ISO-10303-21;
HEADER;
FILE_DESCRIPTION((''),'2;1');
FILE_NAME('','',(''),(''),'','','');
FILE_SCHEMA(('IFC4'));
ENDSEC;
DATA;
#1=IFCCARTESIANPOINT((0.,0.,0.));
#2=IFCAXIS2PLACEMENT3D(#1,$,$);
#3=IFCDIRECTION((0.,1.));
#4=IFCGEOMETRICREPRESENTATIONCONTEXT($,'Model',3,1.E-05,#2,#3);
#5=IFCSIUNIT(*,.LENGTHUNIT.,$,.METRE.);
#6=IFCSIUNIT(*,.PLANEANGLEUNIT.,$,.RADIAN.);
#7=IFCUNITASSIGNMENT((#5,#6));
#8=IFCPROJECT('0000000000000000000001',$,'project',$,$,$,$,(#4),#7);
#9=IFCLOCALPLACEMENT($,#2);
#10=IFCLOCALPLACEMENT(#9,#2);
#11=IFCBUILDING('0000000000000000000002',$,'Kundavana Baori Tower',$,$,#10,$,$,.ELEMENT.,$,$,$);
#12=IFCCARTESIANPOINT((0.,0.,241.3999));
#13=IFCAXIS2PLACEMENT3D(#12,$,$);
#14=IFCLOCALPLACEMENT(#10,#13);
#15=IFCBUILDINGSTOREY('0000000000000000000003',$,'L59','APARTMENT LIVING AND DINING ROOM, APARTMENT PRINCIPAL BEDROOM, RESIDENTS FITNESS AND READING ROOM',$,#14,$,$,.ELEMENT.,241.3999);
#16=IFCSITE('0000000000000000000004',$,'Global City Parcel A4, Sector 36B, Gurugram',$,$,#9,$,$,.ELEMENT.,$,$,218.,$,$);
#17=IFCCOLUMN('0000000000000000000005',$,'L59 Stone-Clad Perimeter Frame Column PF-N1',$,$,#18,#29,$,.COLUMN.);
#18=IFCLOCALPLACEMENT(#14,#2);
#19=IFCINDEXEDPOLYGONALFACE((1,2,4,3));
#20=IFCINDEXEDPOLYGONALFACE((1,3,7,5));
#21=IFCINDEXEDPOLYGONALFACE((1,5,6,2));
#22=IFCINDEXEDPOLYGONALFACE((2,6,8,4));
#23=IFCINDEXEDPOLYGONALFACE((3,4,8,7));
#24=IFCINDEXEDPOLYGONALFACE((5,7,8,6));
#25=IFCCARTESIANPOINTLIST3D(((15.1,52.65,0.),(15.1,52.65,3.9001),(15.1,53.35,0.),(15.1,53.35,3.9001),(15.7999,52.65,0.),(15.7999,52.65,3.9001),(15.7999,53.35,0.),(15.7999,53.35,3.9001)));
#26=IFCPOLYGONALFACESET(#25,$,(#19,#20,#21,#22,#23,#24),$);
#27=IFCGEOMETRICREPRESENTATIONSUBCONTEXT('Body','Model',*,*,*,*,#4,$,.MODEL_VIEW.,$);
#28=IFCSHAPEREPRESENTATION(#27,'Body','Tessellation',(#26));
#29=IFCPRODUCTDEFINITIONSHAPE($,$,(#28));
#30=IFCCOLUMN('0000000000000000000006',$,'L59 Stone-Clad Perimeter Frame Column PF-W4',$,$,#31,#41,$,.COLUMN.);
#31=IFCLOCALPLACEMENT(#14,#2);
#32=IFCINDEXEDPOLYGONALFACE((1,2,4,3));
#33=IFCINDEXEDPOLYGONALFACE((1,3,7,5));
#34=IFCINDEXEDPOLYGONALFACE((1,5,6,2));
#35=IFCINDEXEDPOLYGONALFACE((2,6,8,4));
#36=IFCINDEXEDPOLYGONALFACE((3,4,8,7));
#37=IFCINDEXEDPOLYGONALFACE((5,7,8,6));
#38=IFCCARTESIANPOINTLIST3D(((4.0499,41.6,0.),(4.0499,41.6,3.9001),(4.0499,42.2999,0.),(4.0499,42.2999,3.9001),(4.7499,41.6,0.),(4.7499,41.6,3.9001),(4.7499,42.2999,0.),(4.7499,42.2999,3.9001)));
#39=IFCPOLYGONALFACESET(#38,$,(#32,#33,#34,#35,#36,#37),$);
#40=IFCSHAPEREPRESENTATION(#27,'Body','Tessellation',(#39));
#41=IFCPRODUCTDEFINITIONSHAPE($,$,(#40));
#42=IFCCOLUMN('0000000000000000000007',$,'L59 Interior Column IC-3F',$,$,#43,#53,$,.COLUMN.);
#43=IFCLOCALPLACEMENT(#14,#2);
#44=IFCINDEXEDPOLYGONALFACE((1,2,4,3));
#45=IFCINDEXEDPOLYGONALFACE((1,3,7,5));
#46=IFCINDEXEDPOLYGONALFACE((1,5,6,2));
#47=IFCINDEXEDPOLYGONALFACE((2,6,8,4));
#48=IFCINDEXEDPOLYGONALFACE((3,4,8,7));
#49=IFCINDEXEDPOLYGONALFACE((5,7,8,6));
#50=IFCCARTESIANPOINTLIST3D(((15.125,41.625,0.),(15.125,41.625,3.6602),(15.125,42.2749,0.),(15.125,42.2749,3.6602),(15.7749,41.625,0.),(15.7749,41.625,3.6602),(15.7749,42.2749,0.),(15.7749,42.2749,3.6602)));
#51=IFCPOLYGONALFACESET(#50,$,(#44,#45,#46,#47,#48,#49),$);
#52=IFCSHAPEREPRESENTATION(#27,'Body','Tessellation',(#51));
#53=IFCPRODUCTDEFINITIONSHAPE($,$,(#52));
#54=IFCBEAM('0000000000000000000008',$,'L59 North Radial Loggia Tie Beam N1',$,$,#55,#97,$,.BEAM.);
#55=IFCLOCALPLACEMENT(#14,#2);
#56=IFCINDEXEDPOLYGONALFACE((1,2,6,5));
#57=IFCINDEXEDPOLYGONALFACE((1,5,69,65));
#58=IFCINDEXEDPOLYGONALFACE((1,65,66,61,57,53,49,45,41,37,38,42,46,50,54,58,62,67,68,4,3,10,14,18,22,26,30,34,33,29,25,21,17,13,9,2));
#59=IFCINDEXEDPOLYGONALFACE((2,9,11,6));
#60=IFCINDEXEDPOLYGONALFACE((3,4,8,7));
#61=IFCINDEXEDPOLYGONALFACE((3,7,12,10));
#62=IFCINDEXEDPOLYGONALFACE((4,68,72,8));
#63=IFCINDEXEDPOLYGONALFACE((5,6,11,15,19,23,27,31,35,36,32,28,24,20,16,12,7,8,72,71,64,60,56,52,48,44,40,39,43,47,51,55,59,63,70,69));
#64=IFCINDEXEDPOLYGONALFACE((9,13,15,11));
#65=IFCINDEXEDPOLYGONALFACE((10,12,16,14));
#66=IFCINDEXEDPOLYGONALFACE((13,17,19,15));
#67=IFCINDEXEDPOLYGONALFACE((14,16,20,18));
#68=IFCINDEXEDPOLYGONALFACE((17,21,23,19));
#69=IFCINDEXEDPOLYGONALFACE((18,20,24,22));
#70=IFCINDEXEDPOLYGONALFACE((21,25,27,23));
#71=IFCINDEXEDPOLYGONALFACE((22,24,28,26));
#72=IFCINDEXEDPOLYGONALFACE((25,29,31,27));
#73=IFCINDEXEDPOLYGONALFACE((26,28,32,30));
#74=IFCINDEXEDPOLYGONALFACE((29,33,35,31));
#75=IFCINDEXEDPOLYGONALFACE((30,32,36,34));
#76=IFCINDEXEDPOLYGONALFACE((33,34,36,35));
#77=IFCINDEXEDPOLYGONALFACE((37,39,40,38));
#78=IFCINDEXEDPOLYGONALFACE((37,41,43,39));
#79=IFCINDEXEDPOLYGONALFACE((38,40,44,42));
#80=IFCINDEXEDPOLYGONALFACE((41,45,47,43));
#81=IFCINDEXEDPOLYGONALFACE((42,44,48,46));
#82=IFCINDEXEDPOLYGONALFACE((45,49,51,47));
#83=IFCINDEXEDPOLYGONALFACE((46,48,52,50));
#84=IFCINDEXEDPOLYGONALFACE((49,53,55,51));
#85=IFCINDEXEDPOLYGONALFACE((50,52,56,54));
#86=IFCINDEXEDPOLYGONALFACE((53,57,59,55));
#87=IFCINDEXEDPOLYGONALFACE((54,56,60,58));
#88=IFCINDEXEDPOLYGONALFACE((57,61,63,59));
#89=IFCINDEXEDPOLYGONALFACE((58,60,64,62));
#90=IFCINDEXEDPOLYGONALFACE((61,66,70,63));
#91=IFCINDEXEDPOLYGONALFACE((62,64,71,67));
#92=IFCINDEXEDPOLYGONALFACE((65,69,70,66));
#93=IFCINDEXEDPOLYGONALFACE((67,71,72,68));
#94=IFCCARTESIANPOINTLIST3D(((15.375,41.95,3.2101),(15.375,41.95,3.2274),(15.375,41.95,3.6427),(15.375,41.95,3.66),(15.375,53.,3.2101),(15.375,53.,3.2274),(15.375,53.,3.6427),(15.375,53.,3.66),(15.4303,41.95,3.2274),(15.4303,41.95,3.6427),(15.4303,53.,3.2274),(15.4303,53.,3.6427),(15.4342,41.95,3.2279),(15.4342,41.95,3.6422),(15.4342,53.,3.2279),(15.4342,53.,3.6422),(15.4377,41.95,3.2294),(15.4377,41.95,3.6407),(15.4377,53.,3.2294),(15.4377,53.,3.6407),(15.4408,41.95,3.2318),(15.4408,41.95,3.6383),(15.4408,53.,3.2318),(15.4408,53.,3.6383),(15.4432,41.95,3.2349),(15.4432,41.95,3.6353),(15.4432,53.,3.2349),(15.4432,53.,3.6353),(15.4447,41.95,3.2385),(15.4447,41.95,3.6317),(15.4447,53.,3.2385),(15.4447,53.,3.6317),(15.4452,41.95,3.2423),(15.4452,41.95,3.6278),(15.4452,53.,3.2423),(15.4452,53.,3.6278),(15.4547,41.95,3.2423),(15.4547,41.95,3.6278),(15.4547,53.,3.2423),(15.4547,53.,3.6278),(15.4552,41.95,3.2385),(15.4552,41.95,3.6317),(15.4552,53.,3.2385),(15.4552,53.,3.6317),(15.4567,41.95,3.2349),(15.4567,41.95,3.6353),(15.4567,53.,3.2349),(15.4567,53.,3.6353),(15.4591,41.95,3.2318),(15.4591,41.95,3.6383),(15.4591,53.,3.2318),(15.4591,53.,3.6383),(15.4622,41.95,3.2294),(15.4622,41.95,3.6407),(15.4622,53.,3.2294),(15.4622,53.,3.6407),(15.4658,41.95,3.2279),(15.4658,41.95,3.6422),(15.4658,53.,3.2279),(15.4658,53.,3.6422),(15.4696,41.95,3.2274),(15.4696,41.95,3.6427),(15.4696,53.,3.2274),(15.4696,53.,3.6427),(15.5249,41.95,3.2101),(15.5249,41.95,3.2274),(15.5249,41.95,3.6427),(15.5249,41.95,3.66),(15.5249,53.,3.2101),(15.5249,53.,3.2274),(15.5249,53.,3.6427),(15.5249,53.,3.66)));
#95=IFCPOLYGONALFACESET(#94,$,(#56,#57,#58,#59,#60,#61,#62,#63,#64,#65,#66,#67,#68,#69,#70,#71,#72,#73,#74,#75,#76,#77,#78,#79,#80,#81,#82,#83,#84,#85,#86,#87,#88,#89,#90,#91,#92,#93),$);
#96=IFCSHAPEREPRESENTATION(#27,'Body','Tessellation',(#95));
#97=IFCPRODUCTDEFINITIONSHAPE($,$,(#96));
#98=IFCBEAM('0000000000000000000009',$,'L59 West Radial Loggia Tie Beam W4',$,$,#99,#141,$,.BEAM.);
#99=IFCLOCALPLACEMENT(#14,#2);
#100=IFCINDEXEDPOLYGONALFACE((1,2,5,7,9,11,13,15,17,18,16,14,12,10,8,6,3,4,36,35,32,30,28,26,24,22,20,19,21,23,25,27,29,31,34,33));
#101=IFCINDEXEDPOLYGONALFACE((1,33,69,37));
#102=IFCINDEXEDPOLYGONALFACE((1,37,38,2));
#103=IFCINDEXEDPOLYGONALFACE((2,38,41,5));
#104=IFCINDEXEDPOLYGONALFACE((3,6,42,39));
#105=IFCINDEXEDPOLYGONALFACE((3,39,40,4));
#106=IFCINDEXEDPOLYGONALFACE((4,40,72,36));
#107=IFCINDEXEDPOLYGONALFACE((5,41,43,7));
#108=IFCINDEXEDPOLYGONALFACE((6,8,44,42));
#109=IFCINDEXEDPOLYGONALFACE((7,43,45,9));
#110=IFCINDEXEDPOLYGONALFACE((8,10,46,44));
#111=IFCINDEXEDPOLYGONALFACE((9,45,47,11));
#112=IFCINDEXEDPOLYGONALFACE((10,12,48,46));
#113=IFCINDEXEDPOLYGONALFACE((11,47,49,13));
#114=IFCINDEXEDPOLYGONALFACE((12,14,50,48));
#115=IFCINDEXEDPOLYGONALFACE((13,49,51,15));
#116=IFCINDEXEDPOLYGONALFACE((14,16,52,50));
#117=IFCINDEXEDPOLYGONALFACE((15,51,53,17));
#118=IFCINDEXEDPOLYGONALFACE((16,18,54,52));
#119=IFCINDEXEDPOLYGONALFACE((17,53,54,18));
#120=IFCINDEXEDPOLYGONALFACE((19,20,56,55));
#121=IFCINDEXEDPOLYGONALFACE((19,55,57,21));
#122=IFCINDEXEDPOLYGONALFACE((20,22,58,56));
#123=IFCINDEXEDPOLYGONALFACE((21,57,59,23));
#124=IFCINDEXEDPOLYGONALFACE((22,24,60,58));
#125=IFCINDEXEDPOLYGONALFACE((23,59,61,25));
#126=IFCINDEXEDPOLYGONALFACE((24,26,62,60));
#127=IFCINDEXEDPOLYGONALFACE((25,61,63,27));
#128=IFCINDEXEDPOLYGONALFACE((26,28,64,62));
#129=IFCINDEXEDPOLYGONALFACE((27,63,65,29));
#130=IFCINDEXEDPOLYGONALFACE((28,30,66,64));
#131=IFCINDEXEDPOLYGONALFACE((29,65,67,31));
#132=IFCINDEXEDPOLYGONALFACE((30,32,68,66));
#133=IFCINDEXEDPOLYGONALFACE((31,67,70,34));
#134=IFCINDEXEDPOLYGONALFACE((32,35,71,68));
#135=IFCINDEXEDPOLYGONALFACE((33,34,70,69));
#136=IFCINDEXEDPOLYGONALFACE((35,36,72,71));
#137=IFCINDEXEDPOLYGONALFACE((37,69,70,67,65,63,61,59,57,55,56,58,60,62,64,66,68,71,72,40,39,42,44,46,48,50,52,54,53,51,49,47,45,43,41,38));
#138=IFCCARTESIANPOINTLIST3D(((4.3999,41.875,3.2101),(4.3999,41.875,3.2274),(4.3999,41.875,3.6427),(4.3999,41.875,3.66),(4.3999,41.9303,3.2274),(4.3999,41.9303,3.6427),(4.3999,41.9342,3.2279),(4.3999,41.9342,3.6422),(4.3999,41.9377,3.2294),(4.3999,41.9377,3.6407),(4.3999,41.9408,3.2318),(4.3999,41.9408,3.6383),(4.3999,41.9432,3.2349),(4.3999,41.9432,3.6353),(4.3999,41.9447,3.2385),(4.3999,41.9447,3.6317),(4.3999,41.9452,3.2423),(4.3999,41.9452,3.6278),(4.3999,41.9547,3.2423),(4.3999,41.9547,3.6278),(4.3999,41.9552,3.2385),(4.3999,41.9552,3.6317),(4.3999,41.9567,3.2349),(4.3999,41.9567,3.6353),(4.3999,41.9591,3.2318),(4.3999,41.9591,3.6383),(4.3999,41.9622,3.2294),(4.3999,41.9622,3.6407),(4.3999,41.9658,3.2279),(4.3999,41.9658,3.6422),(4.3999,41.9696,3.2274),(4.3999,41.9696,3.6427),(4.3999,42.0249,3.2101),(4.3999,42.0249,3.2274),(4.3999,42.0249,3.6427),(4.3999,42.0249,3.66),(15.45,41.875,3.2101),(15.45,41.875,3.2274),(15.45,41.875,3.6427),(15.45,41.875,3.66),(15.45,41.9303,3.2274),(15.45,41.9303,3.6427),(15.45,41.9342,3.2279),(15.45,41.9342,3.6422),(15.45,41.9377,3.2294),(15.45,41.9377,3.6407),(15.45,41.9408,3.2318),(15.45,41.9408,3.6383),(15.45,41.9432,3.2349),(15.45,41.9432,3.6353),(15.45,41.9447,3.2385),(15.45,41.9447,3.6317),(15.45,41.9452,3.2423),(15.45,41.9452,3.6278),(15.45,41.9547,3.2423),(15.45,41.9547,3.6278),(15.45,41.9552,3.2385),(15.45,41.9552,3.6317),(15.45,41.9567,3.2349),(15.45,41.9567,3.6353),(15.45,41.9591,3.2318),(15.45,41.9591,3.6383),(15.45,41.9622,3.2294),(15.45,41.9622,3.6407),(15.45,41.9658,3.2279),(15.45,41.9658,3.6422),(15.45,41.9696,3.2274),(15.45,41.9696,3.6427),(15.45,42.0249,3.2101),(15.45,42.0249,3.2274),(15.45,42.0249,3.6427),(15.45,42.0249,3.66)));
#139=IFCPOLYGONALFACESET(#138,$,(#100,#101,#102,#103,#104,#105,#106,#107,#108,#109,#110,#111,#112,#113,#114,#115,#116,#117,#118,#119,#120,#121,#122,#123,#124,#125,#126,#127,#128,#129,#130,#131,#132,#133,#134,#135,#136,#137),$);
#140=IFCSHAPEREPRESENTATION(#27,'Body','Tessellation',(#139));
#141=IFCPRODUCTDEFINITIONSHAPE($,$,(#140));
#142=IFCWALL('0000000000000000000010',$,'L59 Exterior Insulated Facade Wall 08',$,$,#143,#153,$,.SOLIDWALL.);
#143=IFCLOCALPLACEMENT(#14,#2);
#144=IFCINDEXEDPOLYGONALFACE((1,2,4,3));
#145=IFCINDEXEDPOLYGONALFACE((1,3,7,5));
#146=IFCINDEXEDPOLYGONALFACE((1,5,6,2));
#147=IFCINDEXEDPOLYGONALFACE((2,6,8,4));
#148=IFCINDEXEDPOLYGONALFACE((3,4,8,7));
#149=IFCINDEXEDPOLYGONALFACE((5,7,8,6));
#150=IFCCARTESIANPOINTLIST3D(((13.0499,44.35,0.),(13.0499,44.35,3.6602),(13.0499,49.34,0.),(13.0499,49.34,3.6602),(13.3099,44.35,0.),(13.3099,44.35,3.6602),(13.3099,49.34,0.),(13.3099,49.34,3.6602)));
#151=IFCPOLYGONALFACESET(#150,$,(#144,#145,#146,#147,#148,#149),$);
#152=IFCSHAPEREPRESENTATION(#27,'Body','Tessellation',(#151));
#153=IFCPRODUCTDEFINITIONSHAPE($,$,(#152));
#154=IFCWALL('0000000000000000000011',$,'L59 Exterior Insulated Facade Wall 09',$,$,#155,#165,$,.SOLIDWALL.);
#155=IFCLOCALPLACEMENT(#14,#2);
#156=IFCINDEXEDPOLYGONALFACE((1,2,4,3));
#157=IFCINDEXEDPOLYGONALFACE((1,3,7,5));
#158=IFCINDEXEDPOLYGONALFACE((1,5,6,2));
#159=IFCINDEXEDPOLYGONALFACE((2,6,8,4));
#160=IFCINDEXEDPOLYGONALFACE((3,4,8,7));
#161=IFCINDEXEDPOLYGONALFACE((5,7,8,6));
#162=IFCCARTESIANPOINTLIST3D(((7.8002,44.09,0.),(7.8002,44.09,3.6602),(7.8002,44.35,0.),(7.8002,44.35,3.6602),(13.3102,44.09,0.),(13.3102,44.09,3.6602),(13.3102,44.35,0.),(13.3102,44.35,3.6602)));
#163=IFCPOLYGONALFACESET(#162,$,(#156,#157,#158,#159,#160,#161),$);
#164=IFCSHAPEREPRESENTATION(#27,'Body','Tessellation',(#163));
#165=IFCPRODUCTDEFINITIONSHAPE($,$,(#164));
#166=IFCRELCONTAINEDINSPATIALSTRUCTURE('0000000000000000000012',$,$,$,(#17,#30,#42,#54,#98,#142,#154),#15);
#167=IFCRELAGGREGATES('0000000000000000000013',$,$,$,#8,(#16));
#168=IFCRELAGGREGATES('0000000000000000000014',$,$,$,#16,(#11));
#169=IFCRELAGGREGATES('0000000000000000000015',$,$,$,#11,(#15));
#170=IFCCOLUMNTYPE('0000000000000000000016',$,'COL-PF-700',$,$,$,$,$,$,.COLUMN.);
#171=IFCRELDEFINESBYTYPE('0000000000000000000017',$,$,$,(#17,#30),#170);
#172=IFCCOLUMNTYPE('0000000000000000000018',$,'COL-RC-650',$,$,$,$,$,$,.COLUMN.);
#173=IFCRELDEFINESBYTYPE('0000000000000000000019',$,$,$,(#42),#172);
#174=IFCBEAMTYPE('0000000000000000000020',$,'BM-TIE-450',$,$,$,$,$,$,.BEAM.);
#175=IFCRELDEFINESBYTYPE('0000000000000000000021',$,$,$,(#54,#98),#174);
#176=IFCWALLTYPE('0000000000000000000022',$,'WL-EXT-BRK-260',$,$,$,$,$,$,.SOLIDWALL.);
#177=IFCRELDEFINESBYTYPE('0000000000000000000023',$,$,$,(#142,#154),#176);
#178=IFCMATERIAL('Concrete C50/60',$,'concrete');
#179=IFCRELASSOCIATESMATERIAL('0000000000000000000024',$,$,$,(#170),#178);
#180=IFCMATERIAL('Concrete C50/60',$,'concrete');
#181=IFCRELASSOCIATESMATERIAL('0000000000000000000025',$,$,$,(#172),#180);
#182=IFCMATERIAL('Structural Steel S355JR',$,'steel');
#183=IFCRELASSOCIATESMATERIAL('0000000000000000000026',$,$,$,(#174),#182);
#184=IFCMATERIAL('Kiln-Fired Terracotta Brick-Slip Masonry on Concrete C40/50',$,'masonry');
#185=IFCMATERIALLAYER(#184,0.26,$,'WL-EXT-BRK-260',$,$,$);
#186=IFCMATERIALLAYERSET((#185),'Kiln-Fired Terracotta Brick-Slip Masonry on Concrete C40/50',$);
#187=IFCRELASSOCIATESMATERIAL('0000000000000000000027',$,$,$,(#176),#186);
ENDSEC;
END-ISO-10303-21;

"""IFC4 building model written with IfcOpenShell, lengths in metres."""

from ifc_helpers import new_model, si_unit, direction, frame, frame_2d, origin, origin_2d, place, context, subcontext, project, spatial, rectangle, i_section, extrude, material, layer, layer_set, material_profile, profile_set, type_object, element, save


model = new_model("IFC4")

# Units and contexts
model_context = context("Model", 3, precision=1e-05, world=origin(), true_north=direction((0.0, 1.0)))
body_context = subcontext(model_context, "Body", "Model", "MODEL_VIEW")
ifc_project = project(units=[si_unit("LENGTHUNIT", "METRE"), si_unit("PLANEANGLEUNIT", "RADIAN")], contexts=[model_context])

# Site, building, storey
site_placement = place(None, origin())
site = spatial("IfcSite", under=ifc_project, at=site_placement, Name="Global City Parcel A4, Sector 36B, Gurugram", CompositionType="ELEMENT", RefElevation=218.0)
building_placement = place(site_placement, origin())
building = spatial("IfcBuilding", under=site, at=building_placement, Name="Kundavana Baori Tower", CompositionType="ELEMENT")
storey_placement = place(building_placement, frame((0.0, 0.0, 241.3999)))
storey = spatial("IfcBuildingStorey", under=building, at=storey_placement, Name="L59", Description="APARTMENT LIVING AND DINING ROOM, APARTMENT PRINCIPAL BEDROOM, RESIDENTS FITNESS AND READING ROOM", CompositionType="ELEMENT", Elevation=241.3999)

# Columns
ifc_material_1 = material(Name="Concrete C50/60", Category="concrete")
ifc_material_profile_1 = material_profile(ifc_material_1, rectangle(XDim=0.7, YDim=0.7, at=origin_2d()), Name="RC PF 700x700")
ifc_profile_set_1 = profile_set([ifc_material_profile_1], Name="Concrete C50/60")
column_type_1 = type_object("IfcColumnType", Name="COL-PF-700", PredefinedType="COLUMN", material=ifc_profile_set_1)
for number, where, z_axis, x_axis, name in (
    (1, (15.45, 53.0, 0.0), (0.0, 0.0, 1.0), (1.0, 0.0, 0.0), "L59 Stone-Clad Perimeter Frame Column PF-N1"),
    (2, (4.3999, 41.95, 0.0), (0.0, 0.0, 1.0), (1.0, 0.0, 0.0), "L59 Stone-Clad Perimeter Frame Column PF-W4"),
):
    element("IfcColumn", number, at=place(storey_placement, frame(where, z_axis=z_axis, x_axis=x_axis)), inside=storey, type_object=column_type_1, Name=name, PredefinedType="COLUMN", context=body_context, shape_type="SweptSolid", body=[
        extrude(rectangle(XDim=0.7, YDim=0.7, at=origin_2d()), origin(), (0.0, 0.0, 1.0), 3.9001),
    ])
ifc_material_2 = material(Name="Concrete C50/60", Category="concrete")
ifc_material_profile_2 = material_profile(ifc_material_2, rectangle(XDim=0.6499, YDim=0.6499, at=origin_2d()), Name="RC 650x650")
ifc_profile_set_2 = profile_set([ifc_material_profile_2], Name="Concrete C50/60")
column_type_2 = type_object("IfcColumnType", Name="COL-RC-650", PredefinedType="COLUMN", material=ifc_profile_set_2)
column_placement = place(storey_placement, frame((15.45, 41.95, 0.0), z_axis=(0.0, 0.0, 1.0), x_axis=(1.0, 0.0, 0.0)))
element("IfcColumn", 3, at=column_placement, inside=storey, type_object=column_type_2, Name="L59 Interior Column IC-3F", PredefinedType="COLUMN", context=body_context, shape_type="SweptSolid", body=[
    extrude(rectangle(XDim=0.6499, YDim=0.6499, at=origin_2d()), origin(), (0.0, 0.0, 1.0), 3.6602),
])

# Beams
ifc_material_3 = material(Name="Structural Steel S355JR", Category="steel")
ifc_material_profile_3 = material_profile(ifc_material_3, i_section(OverallWidth=0.1499, OverallDepth=0.45, WebThickness=0.0095, FlangeThickness=0.0173, FilletRadius=0.0149, at=origin_2d()), Name="ISMB 450")
ifc_profile_set_3 = profile_set([ifc_material_profile_3], Name="Structural Steel S355JR")
beam_type = type_object("IfcBeamType", Name="BM-TIE-450", PredefinedType="BEAM", material=ifc_profile_set_3)
for number, where, z_axis, x_axis, name in (
    (4, (15.45, 41.95, 3.4351), (0.0, 1.0, 0.0), (-1.0, 0.0, 0.0), "L59 North Radial Loggia Tie Beam N1"),
    (5, (15.45, 41.95, 3.4351), (-1.0, 0.0, 0.0), (0.0, -1.0, 0.0), "L59 West Radial Loggia Tie Beam W4"),
):
    element("IfcBeam", number, at=place(storey_placement, frame(where, z_axis=z_axis, x_axis=x_axis)), inside=storey, type_object=beam_type, Name=name, PredefinedType="BEAM", context=body_context, shape_type="SweptSolid", body=[
        extrude(i_section(OverallWidth=0.1499, OverallDepth=0.45, WebThickness=0.0095, FlangeThickness=0.0173, FilletRadius=0.0149, at=origin_2d()), origin(), (0.0, 0.0, 1.0), 11.05),
    ])

# Walls
ifc_material_4 = material(Name="Kiln-Fired Terracotta Brick-Slip Masonry on Concrete C40/50", Category="masonry")
ifc_layer_1 = layer(ifc_material_4, 0.26, Name="WL-EXT-BRK-260")
ifc_layer_set_1 = layer_set([ifc_layer_1], Name="Kiln-Fired Terracotta Brick-Slip Masonry on Concrete C40/50")
wall_type_1 = type_object("IfcWallType", Name="WL-EXT-BRK-260", PredefinedType="SOLIDWALL", material=ifc_layer_set_1)
wall_1_placement = place(storey_placement, frame((13.1799, 49.3401, 0.0), z_axis=(0.0, 0.0, 1.0), x_axis=(0.0, -1.0, 0.0)))
element("IfcWall", 6, at=wall_1_placement, inside=storey, type_object=wall_type_1, Name="L59 Exterior Insulated Facade Wall 08", PredefinedType="SOLIDWALL", context=body_context, shape_type="SweptSolid", body=[
    extrude(rectangle(XDim=4.99, YDim=0.26, at=frame_2d((2.4951, 0.0))), origin(), (0.0, 0.0, 1.0), 3.6602),
])
wall_2_placement = place(storey_placement, frame((13.3101, 44.22, 0.0), z_axis=(0.0, 0.0, 1.0), x_axis=(-1.0, 0.0, 0.0)))
element("IfcWall", 7, at=wall_2_placement, inside=storey, type_object=wall_type_1, Name="L59 Exterior Insulated Facade Wall 09", PredefinedType="SOLIDWALL", context=body_context, shape_type="SweptSolid", body=[
    extrude(rectangle(XDim=5.51, YDim=0.26, at=frame_2d((2.7549, 0.0))), origin(), (0.0, 0.0, 1.0), 3.6602),
])

save(model, "model.ifc")
